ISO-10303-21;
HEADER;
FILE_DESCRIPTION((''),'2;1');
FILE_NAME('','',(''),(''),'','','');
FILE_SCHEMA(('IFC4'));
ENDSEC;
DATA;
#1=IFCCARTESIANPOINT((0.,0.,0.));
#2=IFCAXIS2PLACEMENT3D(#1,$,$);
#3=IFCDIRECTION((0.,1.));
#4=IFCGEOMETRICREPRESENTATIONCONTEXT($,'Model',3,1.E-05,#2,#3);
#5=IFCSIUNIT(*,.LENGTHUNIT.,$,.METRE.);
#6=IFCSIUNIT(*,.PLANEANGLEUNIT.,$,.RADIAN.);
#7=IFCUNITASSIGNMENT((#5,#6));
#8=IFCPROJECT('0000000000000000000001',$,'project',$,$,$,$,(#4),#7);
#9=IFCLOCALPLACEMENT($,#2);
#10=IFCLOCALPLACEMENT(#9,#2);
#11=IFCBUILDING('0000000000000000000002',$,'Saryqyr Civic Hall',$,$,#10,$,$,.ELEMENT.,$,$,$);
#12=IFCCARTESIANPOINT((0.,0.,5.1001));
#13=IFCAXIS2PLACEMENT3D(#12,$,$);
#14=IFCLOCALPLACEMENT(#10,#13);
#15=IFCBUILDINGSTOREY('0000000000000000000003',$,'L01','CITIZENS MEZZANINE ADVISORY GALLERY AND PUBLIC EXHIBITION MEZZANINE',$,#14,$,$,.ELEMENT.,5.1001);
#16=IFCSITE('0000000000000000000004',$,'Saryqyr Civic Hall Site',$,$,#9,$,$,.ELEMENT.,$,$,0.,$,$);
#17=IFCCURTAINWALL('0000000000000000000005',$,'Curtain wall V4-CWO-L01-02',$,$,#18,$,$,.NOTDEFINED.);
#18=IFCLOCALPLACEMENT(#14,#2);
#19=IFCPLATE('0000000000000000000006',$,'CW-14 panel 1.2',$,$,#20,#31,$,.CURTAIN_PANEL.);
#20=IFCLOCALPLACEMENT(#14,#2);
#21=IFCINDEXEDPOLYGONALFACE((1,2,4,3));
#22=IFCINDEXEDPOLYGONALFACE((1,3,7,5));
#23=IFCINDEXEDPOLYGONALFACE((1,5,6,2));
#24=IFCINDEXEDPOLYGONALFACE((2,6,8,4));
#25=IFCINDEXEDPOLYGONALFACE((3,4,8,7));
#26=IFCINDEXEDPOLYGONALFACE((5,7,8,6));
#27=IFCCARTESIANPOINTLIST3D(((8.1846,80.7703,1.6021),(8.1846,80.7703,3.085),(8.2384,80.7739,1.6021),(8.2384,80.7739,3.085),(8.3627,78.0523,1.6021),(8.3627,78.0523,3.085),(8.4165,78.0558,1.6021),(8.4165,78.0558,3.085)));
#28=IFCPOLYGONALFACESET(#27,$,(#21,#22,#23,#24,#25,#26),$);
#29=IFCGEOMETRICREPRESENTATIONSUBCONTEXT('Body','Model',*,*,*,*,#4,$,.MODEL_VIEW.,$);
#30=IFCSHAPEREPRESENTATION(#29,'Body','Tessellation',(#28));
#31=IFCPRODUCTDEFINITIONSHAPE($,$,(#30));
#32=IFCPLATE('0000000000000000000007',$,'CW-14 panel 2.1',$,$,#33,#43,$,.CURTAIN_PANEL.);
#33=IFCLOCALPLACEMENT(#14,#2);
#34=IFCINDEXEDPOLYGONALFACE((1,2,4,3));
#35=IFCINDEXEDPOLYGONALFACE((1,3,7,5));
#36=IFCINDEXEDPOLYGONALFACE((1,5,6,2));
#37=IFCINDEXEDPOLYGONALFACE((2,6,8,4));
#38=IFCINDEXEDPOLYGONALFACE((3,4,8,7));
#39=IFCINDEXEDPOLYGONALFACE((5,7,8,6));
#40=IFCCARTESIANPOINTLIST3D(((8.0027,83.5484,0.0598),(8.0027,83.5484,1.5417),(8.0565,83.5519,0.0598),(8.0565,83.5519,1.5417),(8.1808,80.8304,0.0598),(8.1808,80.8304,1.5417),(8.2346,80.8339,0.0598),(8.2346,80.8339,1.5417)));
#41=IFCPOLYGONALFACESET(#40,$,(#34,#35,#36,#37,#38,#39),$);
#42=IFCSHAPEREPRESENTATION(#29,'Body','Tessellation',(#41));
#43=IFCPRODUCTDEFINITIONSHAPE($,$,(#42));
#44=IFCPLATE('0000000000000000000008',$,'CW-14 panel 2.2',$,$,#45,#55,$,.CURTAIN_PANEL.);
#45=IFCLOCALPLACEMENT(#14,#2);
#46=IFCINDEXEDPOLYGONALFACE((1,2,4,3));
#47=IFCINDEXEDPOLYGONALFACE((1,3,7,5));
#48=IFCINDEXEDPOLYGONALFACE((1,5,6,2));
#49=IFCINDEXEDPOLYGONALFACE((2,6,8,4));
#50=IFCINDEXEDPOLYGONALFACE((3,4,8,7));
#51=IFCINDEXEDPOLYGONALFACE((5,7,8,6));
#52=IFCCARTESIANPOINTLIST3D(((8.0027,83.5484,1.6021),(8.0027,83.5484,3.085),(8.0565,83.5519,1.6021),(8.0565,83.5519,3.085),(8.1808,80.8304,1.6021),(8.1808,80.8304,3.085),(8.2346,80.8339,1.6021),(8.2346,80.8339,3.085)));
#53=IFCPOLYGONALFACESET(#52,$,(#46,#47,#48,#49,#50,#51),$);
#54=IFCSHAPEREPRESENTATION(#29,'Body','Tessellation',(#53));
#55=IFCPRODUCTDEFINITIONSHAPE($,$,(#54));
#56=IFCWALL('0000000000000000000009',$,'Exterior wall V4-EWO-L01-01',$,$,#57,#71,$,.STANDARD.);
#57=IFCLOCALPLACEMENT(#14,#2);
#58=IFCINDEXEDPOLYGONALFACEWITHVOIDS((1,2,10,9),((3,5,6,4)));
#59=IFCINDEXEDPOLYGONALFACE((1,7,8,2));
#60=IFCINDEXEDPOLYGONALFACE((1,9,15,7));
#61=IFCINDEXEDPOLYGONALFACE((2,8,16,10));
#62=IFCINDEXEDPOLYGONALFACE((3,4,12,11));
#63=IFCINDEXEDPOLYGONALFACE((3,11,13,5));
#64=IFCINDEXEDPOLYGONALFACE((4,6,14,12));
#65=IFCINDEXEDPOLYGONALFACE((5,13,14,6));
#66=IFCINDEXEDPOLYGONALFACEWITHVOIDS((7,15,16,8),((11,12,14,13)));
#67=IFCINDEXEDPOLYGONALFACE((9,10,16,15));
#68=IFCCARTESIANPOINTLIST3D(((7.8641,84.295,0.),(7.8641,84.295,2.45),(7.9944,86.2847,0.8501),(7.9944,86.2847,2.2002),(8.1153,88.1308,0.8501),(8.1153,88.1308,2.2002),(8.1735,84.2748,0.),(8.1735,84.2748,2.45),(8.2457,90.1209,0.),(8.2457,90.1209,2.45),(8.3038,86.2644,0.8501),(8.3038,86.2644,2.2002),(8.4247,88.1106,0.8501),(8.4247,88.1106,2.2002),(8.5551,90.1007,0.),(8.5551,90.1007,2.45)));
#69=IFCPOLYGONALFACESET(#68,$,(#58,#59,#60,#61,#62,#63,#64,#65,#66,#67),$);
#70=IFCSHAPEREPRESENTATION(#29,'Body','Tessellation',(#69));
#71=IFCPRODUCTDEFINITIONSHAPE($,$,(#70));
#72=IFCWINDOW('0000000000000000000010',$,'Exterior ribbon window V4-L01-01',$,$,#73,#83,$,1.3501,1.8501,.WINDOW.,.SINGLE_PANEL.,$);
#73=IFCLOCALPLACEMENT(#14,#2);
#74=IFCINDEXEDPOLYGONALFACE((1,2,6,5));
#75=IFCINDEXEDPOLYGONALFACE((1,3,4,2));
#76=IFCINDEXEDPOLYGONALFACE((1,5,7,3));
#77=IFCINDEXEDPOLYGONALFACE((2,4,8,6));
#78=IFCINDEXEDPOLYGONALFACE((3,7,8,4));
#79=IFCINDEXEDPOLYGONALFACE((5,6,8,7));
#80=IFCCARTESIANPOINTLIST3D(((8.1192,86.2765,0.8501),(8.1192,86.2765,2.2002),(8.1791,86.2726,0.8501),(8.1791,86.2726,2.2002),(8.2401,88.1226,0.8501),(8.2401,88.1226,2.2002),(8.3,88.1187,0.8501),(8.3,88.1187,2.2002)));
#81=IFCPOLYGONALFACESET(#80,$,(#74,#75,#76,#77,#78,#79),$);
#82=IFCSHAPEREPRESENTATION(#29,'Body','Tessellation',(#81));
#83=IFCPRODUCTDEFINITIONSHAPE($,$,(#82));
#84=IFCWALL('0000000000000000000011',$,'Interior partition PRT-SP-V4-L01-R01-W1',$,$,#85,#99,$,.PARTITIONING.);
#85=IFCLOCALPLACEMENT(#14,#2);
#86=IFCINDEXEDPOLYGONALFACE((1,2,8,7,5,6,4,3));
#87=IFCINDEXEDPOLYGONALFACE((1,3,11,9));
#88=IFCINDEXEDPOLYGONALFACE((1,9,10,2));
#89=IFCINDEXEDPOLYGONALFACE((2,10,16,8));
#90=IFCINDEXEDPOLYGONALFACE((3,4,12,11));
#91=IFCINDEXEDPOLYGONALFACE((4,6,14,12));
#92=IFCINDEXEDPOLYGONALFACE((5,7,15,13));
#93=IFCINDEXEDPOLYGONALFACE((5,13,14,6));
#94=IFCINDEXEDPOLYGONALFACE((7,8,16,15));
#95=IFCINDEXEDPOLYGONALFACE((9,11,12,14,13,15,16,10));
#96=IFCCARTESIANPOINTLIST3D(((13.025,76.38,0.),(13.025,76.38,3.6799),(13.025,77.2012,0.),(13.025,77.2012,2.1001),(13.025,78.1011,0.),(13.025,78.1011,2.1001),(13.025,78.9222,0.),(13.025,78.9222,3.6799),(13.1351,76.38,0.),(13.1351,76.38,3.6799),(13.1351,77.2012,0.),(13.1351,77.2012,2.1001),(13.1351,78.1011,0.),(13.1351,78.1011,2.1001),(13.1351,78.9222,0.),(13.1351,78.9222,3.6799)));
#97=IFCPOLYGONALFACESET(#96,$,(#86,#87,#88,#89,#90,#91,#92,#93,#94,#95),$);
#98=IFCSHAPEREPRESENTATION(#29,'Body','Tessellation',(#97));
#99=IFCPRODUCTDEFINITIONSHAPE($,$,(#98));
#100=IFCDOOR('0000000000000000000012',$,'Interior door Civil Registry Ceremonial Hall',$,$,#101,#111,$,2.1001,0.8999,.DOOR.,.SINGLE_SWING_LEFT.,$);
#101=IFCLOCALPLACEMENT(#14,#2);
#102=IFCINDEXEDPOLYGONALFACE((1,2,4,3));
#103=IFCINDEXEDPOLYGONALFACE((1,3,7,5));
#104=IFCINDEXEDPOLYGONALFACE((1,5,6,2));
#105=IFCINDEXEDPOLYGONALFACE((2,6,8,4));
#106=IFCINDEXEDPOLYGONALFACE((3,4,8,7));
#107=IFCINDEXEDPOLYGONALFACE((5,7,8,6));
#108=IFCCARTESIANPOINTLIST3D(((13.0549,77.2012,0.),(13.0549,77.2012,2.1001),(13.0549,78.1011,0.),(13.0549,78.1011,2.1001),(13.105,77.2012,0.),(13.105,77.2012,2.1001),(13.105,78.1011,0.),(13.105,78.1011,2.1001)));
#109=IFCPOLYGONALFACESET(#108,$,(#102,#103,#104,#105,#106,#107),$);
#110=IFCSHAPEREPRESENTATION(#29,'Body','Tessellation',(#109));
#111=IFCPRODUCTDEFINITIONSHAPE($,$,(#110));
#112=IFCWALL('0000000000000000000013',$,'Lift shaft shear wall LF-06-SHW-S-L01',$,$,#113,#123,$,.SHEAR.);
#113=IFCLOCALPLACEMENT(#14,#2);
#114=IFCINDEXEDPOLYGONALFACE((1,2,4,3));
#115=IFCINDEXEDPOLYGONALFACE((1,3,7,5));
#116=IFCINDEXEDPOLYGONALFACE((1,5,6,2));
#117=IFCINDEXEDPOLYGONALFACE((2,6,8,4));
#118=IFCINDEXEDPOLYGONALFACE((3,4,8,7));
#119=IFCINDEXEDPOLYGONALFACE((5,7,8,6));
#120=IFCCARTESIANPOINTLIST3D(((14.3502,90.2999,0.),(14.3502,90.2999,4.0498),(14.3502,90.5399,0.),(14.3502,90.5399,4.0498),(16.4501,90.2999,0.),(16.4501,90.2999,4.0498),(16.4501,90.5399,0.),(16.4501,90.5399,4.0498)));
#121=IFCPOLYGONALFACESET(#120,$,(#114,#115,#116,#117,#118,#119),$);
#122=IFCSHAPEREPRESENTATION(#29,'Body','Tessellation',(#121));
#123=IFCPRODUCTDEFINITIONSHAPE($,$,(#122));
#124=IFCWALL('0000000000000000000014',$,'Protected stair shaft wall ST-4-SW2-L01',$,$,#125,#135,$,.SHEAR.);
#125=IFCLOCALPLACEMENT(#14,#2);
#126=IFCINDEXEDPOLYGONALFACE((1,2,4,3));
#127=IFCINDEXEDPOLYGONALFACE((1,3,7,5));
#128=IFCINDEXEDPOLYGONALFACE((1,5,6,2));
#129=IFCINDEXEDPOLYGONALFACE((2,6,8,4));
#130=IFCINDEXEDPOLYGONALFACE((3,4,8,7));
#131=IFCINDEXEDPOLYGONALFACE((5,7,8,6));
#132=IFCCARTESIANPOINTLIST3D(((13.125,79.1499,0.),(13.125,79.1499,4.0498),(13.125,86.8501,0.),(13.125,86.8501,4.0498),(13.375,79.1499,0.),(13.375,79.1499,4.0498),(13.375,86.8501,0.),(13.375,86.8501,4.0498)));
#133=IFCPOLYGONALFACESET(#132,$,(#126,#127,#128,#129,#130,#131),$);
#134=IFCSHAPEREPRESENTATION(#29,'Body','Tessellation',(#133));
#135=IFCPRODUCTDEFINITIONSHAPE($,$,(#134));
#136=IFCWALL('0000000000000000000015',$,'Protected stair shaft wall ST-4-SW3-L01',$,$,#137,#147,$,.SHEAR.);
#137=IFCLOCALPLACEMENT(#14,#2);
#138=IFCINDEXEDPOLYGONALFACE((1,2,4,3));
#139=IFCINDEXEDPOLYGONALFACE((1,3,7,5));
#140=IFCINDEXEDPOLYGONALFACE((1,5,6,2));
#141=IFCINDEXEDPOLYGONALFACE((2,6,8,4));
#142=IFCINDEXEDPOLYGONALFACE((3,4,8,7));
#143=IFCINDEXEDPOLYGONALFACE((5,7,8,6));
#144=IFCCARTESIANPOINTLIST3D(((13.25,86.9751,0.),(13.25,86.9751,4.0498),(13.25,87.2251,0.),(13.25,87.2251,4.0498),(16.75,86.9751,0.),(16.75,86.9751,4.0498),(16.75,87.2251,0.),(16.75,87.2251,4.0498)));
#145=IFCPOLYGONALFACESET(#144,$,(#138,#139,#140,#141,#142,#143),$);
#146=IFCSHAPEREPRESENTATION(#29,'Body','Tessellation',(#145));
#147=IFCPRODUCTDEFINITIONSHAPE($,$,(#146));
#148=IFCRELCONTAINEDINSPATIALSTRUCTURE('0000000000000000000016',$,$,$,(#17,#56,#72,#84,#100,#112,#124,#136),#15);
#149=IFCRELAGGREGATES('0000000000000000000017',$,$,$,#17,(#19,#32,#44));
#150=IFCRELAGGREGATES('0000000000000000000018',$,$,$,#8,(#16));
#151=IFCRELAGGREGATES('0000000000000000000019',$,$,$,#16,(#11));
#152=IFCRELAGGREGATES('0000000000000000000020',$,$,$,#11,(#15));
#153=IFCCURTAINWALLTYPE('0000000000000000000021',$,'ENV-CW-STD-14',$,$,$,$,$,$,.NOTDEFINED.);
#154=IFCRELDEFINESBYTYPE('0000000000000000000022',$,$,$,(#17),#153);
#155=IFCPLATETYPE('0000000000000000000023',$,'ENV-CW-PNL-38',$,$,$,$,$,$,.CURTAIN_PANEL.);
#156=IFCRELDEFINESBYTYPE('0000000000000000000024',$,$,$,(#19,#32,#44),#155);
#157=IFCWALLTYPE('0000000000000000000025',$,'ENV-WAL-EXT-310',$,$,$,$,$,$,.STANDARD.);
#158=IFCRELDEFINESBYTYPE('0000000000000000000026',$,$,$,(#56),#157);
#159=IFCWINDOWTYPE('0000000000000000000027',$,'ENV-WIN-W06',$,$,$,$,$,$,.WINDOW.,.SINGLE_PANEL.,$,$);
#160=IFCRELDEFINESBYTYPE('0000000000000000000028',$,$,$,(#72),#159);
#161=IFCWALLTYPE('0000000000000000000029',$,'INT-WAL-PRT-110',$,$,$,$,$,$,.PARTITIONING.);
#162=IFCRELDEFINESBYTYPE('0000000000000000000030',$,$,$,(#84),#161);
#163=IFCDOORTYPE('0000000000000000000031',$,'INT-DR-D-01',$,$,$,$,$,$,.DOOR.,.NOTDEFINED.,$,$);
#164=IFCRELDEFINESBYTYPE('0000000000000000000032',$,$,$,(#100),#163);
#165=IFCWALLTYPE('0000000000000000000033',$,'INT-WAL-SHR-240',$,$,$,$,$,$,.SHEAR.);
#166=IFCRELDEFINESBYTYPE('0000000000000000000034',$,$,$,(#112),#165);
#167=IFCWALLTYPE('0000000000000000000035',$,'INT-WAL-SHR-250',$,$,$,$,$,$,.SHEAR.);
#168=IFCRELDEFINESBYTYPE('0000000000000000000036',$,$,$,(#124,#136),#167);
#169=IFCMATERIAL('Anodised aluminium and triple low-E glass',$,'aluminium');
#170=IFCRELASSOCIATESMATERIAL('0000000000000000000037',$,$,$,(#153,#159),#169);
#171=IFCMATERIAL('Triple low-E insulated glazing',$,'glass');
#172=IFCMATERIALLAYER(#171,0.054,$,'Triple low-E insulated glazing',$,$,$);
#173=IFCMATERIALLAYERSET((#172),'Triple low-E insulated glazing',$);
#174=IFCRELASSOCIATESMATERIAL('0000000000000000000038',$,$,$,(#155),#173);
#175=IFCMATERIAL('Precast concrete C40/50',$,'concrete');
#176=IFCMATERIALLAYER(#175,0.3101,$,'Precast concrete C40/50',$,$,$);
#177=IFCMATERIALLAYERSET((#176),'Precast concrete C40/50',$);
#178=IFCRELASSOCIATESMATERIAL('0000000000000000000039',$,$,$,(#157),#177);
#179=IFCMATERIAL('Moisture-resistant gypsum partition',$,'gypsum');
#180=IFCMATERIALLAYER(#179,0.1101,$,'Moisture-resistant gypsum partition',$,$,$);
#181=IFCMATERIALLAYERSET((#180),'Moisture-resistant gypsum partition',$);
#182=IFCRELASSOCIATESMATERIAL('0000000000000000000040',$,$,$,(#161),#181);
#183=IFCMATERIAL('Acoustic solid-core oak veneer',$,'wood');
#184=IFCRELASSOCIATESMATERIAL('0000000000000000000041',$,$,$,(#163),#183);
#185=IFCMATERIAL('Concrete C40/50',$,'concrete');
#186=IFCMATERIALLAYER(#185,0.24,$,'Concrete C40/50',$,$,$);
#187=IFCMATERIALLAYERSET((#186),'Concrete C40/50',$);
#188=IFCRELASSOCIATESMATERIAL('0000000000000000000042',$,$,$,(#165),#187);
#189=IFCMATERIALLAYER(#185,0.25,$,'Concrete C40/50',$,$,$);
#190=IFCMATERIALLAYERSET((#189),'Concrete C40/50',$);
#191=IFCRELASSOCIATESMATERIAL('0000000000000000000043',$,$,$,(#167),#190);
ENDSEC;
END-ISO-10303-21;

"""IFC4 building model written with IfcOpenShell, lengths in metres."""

from ifc_helpers import new_model, si_unit, direction, frame, frame_2d, origin, origin_2d, place, context, subcontext, project, spatial, rectangle, extrude, material, layer, layer_set, type_object, element, fill, aggregate, save


model = new_model("IFC4")

# Units and contexts
model_context = context("Model", 3, precision=1e-05, world=origin(), true_north=direction((0.0, 1.0)))
body_context = subcontext(model_context, "Body", "Model", "MODEL_VIEW")
ifc_project = project(units=[si_unit("LENGTHUNIT", "METRE"), si_unit("PLANEANGLEUNIT", "RADIAN")], contexts=[model_context])

# Site, building, storey
site_placement = place(None, origin())
site = spatial("IfcSite", under=ifc_project, at=site_placement, Name="Saryqyr Civic Hall Site", CompositionType="ELEMENT", RefElevation=0.0)
building_placement = place(site_placement, origin())
building = spatial("IfcBuilding", under=site, at=building_placement, Name="Saryqyr Civic Hall", CompositionType="ELEMENT")
storey_placement = place(building_placement, frame((0.0, 0.0, 5.1001)))
storey = spatial("IfcBuildingStorey", under=building, at=storey_placement, Name="L01", Description="CITIZENS MEZZANINE ADVISORY GALLERY AND PUBLIC EXHIBITION MEZZANINE", CompositionType="ELEMENT", Elevation=5.1001)

# Shared definitions
ifc_material_1 = material(Name="Concrete C40/50", Category="concrete")

# Curtain wall
ifc_material_2 = material(Name="Anodised aluminium and triple low-E glass", Category="aluminium")
curtain_wall_type = type_object("IfcCurtainWallType", Name="ENV-CW-STD-14", PredefinedType="NOTDEFINED", material=ifc_material_2)
curtain_wall_placement = place(storey_placement, origin())
curtain_wall = element("IfcCurtainWall", 1, at=curtain_wall_placement, inside=storey, type_object=curtain_wall_type, Name="Curtain wall V4-CWO-L01-02", PredefinedType="NOTDEFINED")

# Shared definitions
ifc_material_3 = material(Name="Precast concrete C40/50", Category="concrete")

# Plates
ifc_material_4 = material(Name="Triple low-E insulated glazing", Category="glass")
ifc_layer_1 = layer(ifc_material_4, 0.054, Name="Triple low-E insulated glazing")
ifc_layer_set_1 = layer_set([ifc_layer_1], Name="Triple low-E insulated glazing")
plate_type = type_object("IfcPlateType", Name="ENV-CW-PNL-38", PredefinedType="CURTAIN_PANEL", material=ifc_layer_set_1)
plate_1_placement = place(storey_placement, frame((8.3005, 79.4131, 1.6021), z_axis=(0.0, 0.0, 1.0), x_axis=(-0.065389, 0.99786, 0.0)))
plate_1 = element("IfcPlate", 2, at=plate_1_placement, type_object=plate_type, Name="CW-14 panel 1.2", PredefinedType="CURTAIN_PANEL", context=body_context, shape_type="SweptSolid", body=[
    extrude(rectangle(XDim=2.7239, YDim=0.054, at=origin_2d()), origin(), (0.0, 0.0, 1.0), 1.4829),
])
plate_2_placement = place(storey_placement, frame((8.1187, 82.1912, 0.0598), z_axis=(0.0, 0.0, 1.0), x_axis=(-0.065389, 0.99786, 0.0)))
plate_2 = element("IfcPlate", 3, at=plate_2_placement, type_object=plate_type, Name="CW-14 panel 2.1", PredefinedType="CURTAIN_PANEL", context=body_context, shape_type="SweptSolid", body=[
    extrude(rectangle(XDim=2.7239, YDim=0.054, at=origin_2d()), origin(), (0.0, 0.0, 1.0), 1.4819),
])
plate_3_placement = place(storey_placement, frame((8.1187, 82.1912, 1.6021), z_axis=(0.0, 0.0, 1.0), x_axis=(-0.065389, 0.99786, 0.0)))
plate_3 = element("IfcPlate", 4, at=plate_3_placement, type_object=plate_type, Name="CW-14 panel 2.2", PredefinedType="CURTAIN_PANEL", context=body_context, shape_type="SweptSolid", body=[
    extrude(rectangle(XDim=2.7239, YDim=0.054, at=origin_2d()), origin(), (0.0, 0.0, 1.0), 1.4829),
])
aggregate(curtain_wall, [plate_1, plate_2, plate_3])

# Wall, opening, window
ifc_layer_2 = layer(ifc_material_3, 0.3101, Name="Precast concrete C40/50")
ifc_layer_set_2 = layer_set([ifc_layer_2], Name="Precast concrete C40/50")
wall_type_1 = type_object("IfcWallType", Name="ENV-WAL-EXT-310", PredefinedType="STANDARD", material=ifc_layer_set_2)
wall_1_placement = place(storey_placement, frame((8.0188, 84.2849, 0.0), z_axis=(0.0, 0.0, 1.0), x_axis=(0.065359, 0.997862, 0.0)))
wall_1 = element("IfcWall", 5, at=wall_1_placement, inside=storey, type_object=wall_type_1, Name="Exterior wall V4-EWO-L01-01", PredefinedType="STANDARD", context=body_context, shape_type="SweptSolid", body=[
    extrude(rectangle(XDim=5.8384, YDim=0.3101, at=frame_2d((2.9192, 0.0))), origin(), (0.0, 0.0, 1.0), 2.45),
])
opening_1_placement = place(wall_1_placement, frame((1.9939, 0.0, 0.8501)))
opening_1 = element("IfcOpeningElement", 6, at=opening_1_placement, cuts=wall_1, PredefinedType="OPENING", context=body_context, shape_type="SweptSolid", body=[
    extrude(rectangle(XDim=1.8501, YDim=1.3501, at=frame_2d((0.925, 0.675))), frame((0.0, 0.165, 0.0), z_axis=(0.0, -1.0, 0.0), x_axis=(1.0, 0.0, 0.0)), (0.0, 0.0, 1.0), 0.3301),
])
window_type = type_object("IfcWindowType", Name="ENV-WIN-W06", PartitioningType="SINGLE_PANEL", PredefinedType="WINDOW", material=ifc_material_2)
window_placement = place(opening_1_placement, origin())
window = element("IfcWindow", 7, at=window_placement, inside=storey, type_object=window_type, Name="Exterior ribbon window V4-L01-01", OverallHeight=1.3501, OverallWidth=1.8501, PartitioningType="SINGLE_PANEL", PredefinedType="WINDOW", context=body_context, shape_type="SweptSolid", body=[
    extrude(rectangle(XDim=1.8501, YDim=1.3501, at=frame_2d((0.925, 0.675))), frame((0.0, 0.03, 0.0), z_axis=(0.0, -1.0, 0.0), x_axis=(1.0, 0.0, 0.0)), (0.0, 0.0, 1.0), 0.0601),
])
fill(opening_1, window)

# Wall, opening, door
ifc_material_5 = material(Name="Moisture-resistant gypsum partition", Category="gypsum")
ifc_layer_3 = layer(ifc_material_5, 0.1101, Name="Moisture-resistant gypsum partition")
ifc_layer_set_3 = layer_set([ifc_layer_3], Name="Moisture-resistant gypsum partition")
wall_type_2 = type_object("IfcWallType", Name="INT-WAL-PRT-110", PredefinedType="PARTITIONING", material=ifc_layer_set_3)
wall_2_placement = place(storey_placement, frame((13.0801, 78.9221, 0.0), z_axis=(0.0, 0.0, 1.0), x_axis=(0.0, -1.0, 0.0)))
wall_2 = element("IfcWall", 8, at=wall_2_placement, inside=storey, type_object=wall_type_2, Name="Interior partition PRT-SP-V4-L01-R01-W1", PredefinedType="PARTITIONING", context=body_context, shape_type="SweptSolid", body=[
    extrude(rectangle(XDim=2.5422, YDim=0.1101, at=frame_2d((1.271, 0.0))), origin(), (0.0, 0.0, 1.0), 3.6799),
])
opening_2_placement = place(wall_2_placement, frame((0.821, 0.0, 0.0)))
opening_2 = element("IfcOpeningElement", 9, at=opening_2_placement, cuts=wall_2, PredefinedType="OPENING", context=body_context, shape_type="SweptSolid", body=[
    extrude(rectangle(XDim=0.8999, YDim=2.1001, at=frame_2d((0.45, 1.05))), frame((0.0, 0.0649, 0.0), z_axis=(0.0, -1.0, 0.0), x_axis=(1.0, 0.0, 0.0)), (0.0, 0.0, 1.0), 0.1301),
])
ifc_material_6 = material(Name="Acoustic solid-core oak veneer", Category="wood")
door_type = type_object("IfcDoorType", Name="INT-DR-D-01", OperationType="NOTDEFINED", PredefinedType="DOOR", material=ifc_material_6)
door_placement = place(opening_2_placement, origin())
door = element("IfcDoor", 10, at=door_placement, inside=storey, type_object=door_type, Name="Interior door Civil Registry Ceremonial Hall", OperationType="SINGLE_SWING_LEFT", OverallHeight=2.1001, OverallWidth=0.8999, PredefinedType="DOOR", context=body_context, shape_type="SweptSolid", body=[
    extrude(rectangle(XDim=0.8999, YDim=2.1001, at=frame_2d((0.45, 1.05))), frame((0.0, 0.0249, 0.0), z_axis=(0.0, -1.0, 0.0), x_axis=(1.0, 0.0, 0.0)), (0.0, 0.0, 1.0), 0.05),
])
fill(opening_2, door)

# Walls
ifc_layer_4 = layer(ifc_material_1, 0.24, Name="Concrete C40/50")
ifc_layer_set_4 = layer_set([ifc_layer_4], Name="Concrete C40/50")
wall_type_3 = type_object("IfcWallType", Name="INT-WAL-SHR-240", PredefinedType="SHEAR", material=ifc_layer_set_4)
wall_3_placement = place(storey_placement, frame((16.45, 90.4199, 0.0), z_axis=(0.0, 0.0, 1.0), x_axis=(-1.0, 0.0, 0.0)))
element("IfcWall", 11, at=wall_3_placement, inside=storey, type_object=wall_type_3, Name="Lift shaft shear wall LF-06-SHW-S-L01", PredefinedType="SHEAR", context=body_context, shape_type="SweptSolid", body=[
    extrude(rectangle(XDim=2.0999, YDim=0.24, at=frame_2d((1.0498, 0.0))), origin(), (0.0, 0.0, 1.0), 4.0498),
])
ifc_layer_5 = layer(ifc_material_1, 0.25, Name="Concrete C40/50")
ifc_layer_set_5 = layer_set([ifc_layer_5], Name="Concrete C40/50")
wall_type_4 = type_object("IfcWallType", Name="INT-WAL-SHR-250", PredefinedType="SHEAR", material=ifc_layer_set_5)
wall_4_placement = place(storey_placement, frame((13.25, 79.1499, 0.0), z_axis=(0.0, 0.0, 1.0), x_axis=(0.0, 1.0, 0.0)))
element("IfcWall", 12, at=wall_4_placement, inside=storey, type_object=wall_type_4, Name="Protected stair shaft wall ST-4-SW2-L01", PredefinedType="SHEAR", context=body_context, shape_type="SweptSolid", body=[
    extrude(rectangle(XDim=7.7002, YDim=0.25, at=frame_2d((3.8501, 0.0))), origin(), (0.0, 0.0, 1.0), 4.0498),
])
wall_5_placement = place(storey_placement, frame((13.25, 87.1001, 0.0), z_axis=(0.0, 0.0, 1.0), x_axis=(1.0, 0.0, 0.0)))
element("IfcWall", 13, at=wall_5_placement, inside=storey, type_object=wall_type_4, Name="Protected stair shaft wall ST-4-SW3-L01", PredefinedType="SHEAR", context=body_context, shape_type="SweptSolid", body=[
    extrude(rectangle(XDim=3.5, YDim=0.25, at=frame_2d((1.75, 0.0))), origin(), (0.0, 0.0, 1.0), 4.0498),
])

save(model, "model.ifc")
